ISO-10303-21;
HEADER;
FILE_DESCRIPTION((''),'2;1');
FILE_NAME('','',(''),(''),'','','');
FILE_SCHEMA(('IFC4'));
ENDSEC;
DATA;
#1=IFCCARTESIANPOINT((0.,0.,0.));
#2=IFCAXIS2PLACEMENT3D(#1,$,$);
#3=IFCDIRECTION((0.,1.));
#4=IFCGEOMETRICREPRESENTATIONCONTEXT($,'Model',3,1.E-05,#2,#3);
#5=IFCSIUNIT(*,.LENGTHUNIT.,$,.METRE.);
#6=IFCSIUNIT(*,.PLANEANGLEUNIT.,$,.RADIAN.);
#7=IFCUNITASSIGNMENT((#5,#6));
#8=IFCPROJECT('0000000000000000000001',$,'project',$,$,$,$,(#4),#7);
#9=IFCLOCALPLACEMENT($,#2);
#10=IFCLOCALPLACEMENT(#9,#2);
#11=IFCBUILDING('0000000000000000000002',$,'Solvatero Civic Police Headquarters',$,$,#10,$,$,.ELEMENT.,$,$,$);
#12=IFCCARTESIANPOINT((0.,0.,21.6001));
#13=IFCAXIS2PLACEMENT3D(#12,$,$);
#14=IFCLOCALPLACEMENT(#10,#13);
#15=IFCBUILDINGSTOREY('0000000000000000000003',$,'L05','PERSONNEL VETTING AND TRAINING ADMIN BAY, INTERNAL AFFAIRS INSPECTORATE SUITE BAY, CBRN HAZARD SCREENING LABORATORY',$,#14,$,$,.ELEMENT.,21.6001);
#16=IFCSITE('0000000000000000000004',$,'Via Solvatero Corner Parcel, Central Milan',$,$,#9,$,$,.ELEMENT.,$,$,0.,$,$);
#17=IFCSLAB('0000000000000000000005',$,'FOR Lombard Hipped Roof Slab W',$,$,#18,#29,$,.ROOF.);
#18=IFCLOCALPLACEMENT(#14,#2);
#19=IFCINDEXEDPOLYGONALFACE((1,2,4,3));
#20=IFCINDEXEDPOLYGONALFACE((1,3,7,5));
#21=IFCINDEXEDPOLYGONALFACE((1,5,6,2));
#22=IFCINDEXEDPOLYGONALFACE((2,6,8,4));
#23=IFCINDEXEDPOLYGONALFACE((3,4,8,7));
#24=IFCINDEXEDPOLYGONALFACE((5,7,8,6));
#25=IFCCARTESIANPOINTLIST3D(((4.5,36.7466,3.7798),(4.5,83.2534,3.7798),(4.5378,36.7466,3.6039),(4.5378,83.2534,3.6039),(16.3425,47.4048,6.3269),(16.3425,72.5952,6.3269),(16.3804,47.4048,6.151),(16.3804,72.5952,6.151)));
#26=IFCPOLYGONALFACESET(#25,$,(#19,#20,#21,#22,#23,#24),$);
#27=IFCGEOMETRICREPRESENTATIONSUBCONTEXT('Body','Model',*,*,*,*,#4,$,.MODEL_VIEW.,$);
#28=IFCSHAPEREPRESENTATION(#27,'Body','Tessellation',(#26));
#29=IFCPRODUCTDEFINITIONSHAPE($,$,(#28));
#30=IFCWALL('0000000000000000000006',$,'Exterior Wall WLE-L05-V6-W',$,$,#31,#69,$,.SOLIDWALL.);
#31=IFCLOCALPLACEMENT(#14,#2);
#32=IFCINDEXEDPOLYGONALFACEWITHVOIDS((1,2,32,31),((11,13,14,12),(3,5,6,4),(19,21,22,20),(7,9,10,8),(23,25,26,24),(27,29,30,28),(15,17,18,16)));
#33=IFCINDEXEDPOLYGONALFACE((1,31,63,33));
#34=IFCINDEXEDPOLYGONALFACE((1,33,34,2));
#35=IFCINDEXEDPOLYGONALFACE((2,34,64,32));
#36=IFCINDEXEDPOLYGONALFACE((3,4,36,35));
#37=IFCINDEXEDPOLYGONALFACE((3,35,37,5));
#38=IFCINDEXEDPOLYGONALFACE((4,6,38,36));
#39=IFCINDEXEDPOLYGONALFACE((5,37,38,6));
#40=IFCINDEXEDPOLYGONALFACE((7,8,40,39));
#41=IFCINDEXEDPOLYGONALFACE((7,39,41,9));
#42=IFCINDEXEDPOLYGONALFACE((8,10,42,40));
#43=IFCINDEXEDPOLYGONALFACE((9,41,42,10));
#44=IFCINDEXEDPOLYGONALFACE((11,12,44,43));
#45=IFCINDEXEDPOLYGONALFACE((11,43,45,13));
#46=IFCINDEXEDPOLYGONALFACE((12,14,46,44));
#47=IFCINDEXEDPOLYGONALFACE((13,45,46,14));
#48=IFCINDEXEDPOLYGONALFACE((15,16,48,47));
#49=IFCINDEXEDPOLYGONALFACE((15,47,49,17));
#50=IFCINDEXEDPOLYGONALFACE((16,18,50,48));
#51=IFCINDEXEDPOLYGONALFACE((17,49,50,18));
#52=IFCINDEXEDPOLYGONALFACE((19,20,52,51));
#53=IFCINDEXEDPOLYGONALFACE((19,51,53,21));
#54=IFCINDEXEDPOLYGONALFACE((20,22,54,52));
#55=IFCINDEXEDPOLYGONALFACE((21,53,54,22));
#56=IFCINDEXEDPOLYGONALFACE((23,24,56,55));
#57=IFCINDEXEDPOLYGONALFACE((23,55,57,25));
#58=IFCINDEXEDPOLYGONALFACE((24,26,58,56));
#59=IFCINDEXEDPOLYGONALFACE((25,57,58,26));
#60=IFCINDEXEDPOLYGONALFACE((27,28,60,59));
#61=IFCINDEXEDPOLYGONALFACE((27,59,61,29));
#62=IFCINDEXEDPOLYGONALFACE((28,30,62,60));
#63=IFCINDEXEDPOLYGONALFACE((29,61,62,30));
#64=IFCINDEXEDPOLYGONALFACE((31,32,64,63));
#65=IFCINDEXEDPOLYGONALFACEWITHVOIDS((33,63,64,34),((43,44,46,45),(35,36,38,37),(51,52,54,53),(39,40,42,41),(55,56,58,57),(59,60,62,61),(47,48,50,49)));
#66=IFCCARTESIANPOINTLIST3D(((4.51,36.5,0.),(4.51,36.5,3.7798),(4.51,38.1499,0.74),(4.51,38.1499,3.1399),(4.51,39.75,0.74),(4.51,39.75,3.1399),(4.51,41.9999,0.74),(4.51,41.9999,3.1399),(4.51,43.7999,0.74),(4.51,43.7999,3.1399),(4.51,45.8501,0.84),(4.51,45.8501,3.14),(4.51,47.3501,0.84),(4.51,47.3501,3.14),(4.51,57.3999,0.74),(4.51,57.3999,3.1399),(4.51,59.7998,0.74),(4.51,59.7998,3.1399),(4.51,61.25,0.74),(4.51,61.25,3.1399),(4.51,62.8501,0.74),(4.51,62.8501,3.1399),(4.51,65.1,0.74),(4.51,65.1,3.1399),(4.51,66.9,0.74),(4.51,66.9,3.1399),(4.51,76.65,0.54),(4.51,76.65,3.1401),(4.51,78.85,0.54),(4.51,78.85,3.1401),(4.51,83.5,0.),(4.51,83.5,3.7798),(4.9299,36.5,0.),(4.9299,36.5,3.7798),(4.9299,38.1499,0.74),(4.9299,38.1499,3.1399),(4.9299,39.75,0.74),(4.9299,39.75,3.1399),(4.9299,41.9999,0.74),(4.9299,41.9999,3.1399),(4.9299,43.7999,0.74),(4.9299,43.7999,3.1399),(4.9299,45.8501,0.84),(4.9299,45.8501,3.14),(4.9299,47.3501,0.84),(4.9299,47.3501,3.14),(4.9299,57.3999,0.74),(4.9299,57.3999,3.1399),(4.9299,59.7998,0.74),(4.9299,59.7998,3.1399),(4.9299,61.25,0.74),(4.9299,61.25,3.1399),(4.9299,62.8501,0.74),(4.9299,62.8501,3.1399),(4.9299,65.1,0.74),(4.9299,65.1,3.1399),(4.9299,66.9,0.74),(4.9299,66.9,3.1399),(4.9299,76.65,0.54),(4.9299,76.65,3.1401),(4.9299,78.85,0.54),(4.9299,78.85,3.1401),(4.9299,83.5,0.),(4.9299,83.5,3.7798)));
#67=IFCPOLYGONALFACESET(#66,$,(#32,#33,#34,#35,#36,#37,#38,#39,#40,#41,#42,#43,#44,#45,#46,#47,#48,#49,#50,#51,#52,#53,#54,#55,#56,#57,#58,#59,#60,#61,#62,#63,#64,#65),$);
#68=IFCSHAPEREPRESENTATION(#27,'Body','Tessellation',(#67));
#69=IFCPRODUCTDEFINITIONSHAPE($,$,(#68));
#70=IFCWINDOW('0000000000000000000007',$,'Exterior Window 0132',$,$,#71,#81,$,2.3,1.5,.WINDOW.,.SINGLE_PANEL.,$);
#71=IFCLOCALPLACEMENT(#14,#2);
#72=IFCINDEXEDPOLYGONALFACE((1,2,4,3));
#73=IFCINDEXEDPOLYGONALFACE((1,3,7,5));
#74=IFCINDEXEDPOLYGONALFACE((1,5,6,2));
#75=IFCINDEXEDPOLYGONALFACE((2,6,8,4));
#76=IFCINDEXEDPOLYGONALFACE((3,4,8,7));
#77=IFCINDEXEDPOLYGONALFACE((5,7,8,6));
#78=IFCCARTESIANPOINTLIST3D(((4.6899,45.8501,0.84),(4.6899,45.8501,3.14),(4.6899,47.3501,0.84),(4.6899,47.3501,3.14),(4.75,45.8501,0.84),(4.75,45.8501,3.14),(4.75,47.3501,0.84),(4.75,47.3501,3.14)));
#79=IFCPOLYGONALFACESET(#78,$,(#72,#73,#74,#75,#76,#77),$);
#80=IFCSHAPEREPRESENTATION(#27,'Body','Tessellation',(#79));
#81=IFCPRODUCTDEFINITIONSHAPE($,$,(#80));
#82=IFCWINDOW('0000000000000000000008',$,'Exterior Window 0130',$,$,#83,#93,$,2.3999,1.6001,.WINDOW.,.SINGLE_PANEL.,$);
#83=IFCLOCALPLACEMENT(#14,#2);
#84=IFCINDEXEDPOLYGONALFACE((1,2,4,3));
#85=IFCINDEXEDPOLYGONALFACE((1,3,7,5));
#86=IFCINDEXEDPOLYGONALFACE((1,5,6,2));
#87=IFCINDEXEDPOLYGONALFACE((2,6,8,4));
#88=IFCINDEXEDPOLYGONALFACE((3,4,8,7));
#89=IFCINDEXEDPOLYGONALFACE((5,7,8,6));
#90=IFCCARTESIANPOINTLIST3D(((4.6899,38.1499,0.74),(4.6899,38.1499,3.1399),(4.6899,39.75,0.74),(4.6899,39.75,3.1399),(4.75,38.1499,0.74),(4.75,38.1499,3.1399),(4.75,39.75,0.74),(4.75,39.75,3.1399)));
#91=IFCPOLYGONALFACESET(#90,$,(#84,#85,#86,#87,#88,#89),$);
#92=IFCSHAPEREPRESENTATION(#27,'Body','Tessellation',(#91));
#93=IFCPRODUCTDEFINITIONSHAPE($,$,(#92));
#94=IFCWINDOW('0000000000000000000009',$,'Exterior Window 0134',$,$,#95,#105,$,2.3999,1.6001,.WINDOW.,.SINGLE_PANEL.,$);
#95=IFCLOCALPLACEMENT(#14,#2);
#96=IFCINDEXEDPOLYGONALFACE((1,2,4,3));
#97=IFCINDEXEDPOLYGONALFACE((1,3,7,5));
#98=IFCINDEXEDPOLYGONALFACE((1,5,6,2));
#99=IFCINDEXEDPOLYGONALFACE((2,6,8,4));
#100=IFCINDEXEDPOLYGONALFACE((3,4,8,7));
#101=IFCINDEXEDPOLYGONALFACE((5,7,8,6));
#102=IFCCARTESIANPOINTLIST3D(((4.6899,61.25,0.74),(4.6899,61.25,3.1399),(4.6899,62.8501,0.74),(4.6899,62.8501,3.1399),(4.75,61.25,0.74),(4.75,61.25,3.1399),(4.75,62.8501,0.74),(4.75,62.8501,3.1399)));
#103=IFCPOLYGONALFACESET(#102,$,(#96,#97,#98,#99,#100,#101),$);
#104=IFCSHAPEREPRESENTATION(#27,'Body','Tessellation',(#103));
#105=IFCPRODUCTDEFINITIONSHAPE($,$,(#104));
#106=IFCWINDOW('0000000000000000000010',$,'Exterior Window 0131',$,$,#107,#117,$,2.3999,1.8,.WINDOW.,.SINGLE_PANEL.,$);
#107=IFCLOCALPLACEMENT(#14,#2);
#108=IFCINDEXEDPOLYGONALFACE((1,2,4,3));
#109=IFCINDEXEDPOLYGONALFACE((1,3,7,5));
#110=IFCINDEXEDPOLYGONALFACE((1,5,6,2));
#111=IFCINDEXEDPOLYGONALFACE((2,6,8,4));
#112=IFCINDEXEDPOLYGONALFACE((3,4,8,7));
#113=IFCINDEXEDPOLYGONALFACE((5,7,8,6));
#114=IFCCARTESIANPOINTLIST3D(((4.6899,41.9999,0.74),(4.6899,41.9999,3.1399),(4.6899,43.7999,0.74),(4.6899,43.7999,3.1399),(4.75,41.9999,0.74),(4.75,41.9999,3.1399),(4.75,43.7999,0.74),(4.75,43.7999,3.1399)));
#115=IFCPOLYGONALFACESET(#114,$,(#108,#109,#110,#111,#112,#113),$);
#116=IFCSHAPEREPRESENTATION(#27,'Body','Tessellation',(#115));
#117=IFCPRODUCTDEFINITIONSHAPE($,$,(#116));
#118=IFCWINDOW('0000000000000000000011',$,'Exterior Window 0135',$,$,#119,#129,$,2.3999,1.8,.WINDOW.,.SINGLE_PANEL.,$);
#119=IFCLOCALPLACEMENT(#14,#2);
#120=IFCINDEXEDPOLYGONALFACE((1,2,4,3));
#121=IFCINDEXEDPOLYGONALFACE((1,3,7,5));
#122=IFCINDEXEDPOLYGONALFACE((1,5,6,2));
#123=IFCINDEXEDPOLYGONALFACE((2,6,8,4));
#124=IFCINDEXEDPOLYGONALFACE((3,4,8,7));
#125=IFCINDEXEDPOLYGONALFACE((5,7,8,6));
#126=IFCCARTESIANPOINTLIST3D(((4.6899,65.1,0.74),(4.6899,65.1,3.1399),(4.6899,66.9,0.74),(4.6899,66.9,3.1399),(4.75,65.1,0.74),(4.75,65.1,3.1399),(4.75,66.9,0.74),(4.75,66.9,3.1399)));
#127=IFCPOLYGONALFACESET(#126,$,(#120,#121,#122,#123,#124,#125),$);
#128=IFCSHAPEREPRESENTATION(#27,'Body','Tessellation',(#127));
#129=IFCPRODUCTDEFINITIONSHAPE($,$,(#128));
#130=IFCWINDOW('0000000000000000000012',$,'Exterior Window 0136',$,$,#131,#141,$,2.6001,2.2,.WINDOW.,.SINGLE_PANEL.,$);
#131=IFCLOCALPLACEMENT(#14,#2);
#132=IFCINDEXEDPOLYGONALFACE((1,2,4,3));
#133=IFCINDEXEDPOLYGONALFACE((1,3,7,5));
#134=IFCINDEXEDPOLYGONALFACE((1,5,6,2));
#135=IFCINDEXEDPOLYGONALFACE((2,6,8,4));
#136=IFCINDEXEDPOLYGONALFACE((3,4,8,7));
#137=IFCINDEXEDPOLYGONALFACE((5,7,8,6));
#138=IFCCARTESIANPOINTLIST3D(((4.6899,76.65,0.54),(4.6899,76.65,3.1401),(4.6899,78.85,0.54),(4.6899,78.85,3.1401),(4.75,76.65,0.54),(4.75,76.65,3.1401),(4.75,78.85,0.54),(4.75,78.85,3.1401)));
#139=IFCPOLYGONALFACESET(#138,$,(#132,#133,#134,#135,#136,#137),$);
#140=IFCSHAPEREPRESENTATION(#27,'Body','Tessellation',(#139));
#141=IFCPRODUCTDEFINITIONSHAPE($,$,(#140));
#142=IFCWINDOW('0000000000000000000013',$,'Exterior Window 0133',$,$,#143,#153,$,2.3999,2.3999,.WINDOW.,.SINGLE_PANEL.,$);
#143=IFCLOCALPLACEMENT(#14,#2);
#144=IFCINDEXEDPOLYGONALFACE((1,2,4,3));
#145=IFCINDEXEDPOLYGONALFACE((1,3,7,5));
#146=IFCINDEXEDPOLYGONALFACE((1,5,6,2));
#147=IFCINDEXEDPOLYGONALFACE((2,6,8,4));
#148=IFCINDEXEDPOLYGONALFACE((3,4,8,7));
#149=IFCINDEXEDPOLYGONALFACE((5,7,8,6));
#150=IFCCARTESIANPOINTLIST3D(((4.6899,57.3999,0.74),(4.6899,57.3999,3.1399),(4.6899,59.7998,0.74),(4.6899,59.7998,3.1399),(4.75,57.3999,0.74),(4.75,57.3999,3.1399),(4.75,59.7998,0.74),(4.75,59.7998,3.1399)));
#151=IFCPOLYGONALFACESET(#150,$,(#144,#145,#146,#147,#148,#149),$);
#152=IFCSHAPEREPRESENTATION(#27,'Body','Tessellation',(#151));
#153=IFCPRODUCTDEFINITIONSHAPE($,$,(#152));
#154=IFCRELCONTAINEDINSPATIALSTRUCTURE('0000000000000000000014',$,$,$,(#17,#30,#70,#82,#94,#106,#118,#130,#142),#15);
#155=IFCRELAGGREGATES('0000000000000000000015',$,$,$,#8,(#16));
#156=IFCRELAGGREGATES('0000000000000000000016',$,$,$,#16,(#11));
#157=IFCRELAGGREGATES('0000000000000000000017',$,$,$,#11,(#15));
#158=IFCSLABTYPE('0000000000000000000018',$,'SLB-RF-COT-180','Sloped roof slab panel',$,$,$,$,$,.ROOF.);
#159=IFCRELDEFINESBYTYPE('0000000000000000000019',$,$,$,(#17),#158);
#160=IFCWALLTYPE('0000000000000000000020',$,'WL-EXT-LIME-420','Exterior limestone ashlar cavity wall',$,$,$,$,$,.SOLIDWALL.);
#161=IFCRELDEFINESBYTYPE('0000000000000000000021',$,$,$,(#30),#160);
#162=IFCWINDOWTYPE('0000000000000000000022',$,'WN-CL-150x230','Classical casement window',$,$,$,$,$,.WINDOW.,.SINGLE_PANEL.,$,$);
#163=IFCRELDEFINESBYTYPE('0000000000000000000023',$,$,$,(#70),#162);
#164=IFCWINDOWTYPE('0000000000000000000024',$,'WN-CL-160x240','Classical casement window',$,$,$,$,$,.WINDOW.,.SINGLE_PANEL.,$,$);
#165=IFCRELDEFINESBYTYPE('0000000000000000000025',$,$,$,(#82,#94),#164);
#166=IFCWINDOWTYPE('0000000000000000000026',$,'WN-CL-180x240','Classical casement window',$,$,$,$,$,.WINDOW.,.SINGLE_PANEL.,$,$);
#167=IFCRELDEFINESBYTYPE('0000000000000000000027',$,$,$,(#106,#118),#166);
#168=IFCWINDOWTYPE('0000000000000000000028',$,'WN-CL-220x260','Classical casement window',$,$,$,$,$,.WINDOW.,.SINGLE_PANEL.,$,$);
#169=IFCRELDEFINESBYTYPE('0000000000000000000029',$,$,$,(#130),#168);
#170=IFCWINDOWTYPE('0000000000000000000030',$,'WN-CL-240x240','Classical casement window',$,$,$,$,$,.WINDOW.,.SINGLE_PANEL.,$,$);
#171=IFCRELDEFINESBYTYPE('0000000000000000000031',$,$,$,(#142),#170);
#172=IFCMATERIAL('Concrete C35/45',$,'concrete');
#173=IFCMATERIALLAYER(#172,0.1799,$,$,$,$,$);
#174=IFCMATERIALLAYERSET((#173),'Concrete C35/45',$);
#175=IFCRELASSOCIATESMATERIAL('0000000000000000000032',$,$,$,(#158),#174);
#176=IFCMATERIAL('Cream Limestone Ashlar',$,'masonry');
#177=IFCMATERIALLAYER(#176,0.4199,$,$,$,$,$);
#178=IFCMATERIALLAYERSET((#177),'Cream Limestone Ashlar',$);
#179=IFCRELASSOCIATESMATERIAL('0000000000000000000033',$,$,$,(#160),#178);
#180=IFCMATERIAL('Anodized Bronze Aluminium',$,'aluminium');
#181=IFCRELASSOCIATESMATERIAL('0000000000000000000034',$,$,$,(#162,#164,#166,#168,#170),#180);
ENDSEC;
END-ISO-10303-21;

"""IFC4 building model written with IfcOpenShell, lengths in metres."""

from ifc_helpers import new_model, si_unit, direction, frame, frame_2d, origin, place, context, subcontext, project, spatial, polyline, rectangle, outline, extrude, material, layer, layer_set, type_object, element, fill, save


model = new_model("IFC4")

# Units and contexts
model_context = context("Model", 3, precision=1e-05, world=origin(), true_north=direction((0.0, 1.0)))
body_context = subcontext(model_context, "Body", "Model", "MODEL_VIEW")
ifc_project = project(units=[si_unit("LENGTHUNIT", "METRE"), si_unit("PLANEANGLEUNIT", "RADIAN")], contexts=[model_context])

# Site, building, storey
site_placement = place(None, origin())
site = spatial("IfcSite", under=ifc_project, at=site_placement, Name="Via Solvatero Corner Parcel, Central Milan", CompositionType="ELEMENT", RefElevation=0.0)
building_placement = place(site_placement, origin())
building = spatial("IfcBuilding", under=site, at=building_placement, Name="Solvatero Civic Police Headquarters", CompositionType="ELEMENT")
storey_placement = place(building_placement, frame((0.0, 0.0, 21.6001)))
storey = spatial("IfcBuildingStorey", under=building, at=storey_placement, Name="L05", Description="PERSONNEL VETTING AND TRAINING ADMIN BAY, INTERNAL AFFAIRS INSPECTORATE SUITE BAY, CBRN HAZARD SCREENING LABORATORY", CompositionType="ELEMENT", Elevation=21.6001)

# Slab
ifc_material_1 = material(Name="Concrete C35/45", Category="concrete")
ifc_layer_1 = layer(ifc_material_1, 0.1799)
ifc_layer_set_1 = layer_set([ifc_layer_1], Name="Concrete C35/45")
slab_type = type_object("IfcSlabType", Name="SLB-RF-COT-180", Description="Sloped roof slab panel", PredefinedType="ROOF", material=ifc_layer_set_1)
slab_placement = place(storey_placement, frame((16.3425, 47.4048, 6.3269), z_axis=(-0.210274, 0.0, 0.977643), x_axis=(-0.733976, -0.660574, -0.157865)))
element("IfcSlab", 1, at=slab_placement, inside=storey, type_object=slab_type, Name="FOR Lombard Hipped Roof Slab W", PredefinedType="ROOF", context=body_context, shape_type="SweptSolid", body=[
    extrude(outline(polyline([(0.0, 0.0), (16.1348, 0.0), (-14.5864, -34.9155), (-16.6401, -18.912), (0.0, 0.0)])), origin(), (0.0, 0.0, -1.0), 0.1799),
])

# Wall, openings, windows
ifc_material_2 = material(Name="Cream Limestone Ashlar", Category="masonry")
ifc_layer_2 = layer(ifc_material_2, 0.4199)
ifc_layer_set_2 = layer_set([ifc_layer_2], Name="Cream Limestone Ashlar")
wall_type_1 = type_object("IfcWallType", Name="WL-EXT-LIME-420", Description="Exterior limestone ashlar cavity wall", PredefinedType="SOLIDWALL", material=ifc_layer_set_2)
wall_1_placement = place(storey_placement, frame((4.72, 36.5, 0.0), z_axis=(0.0, 0.0, 1.0), x_axis=(0.0, 1.0, 0.0)))
wall_1 = element("IfcWall", 2, at=wall_1_placement, inside=storey, type_object=wall_type_1, Name="Exterior Wall WLE-L05-V6-W", PredefinedType="SOLIDWALL", context=body_context, shape_type="SweptSolid", body=[
    extrude(rectangle(XDim=47.0, YDim=0.4199, at=frame_2d((23.5, 0.0))), origin(), (0.0, 0.0, 1.0), 3.7798),
])
opening_1_placement = place(wall_1_placement, frame((1.6499, 0.0, 0.74)))
opening_1 = element("IfcOpeningElement", 3, at=opening_1_placement, cuts=wall_1, PredefinedType="OPENING", context=body_context, shape_type="SweptSolid", body=[
    extrude(rectangle(XDim=1.6001, YDim=2.3999, at=frame_2d((0.8, 1.2))), frame((0.0, 0.22, 0.0), z_axis=(0.0, -1.0, 0.0), x_axis=(1.0, 0.0, 0.0)), (0.0, 0.0, 1.0), 0.4399),
])
opening_2_placement = place(wall_1_placement, frame((5.5, 0.0, 0.74)))
opening_2 = element("IfcOpeningElement", 4, at=opening_2_placement, cuts=wall_1, PredefinedType="OPENING", context=body_context, shape_type="SweptSolid", body=[
    extrude(rectangle(XDim=1.8, YDim=2.3999, at=frame_2d((0.8999, 1.2))), frame((0.0, 0.22, 0.0), z_axis=(0.0, -1.0, 0.0), x_axis=(1.0, 0.0, 0.0)), (0.0, 0.0, 1.0), 0.4399),
])
opening_3_placement = place(wall_1_placement, frame((9.3501, 0.0, 0.8401)))
opening_3 = element("IfcOpeningElement", 5, at=opening_3_placement, cuts=wall_1, PredefinedType="OPENING", context=body_context, shape_type="SweptSolid", body=[
    extrude(rectangle(XDim=1.5, YDim=2.3, at=frame_2d((0.75, 1.1499))), frame((0.0, 0.22, 0.0), z_axis=(0.0, -1.0, 0.0), x_axis=(1.0, 0.0, 0.0)), (0.0, 0.0, 1.0), 0.4399),
])
opening_4_placement = place(wall_1_placement, frame((20.8999, 0.0, 0.74)))
opening_4 = element("IfcOpeningElement", 6, at=opening_4_placement, cuts=wall_1, PredefinedType="OPENING", context=body_context, shape_type="SweptSolid", body=[
    extrude(rectangle(XDim=2.3999, YDim=2.3999, at=frame_2d((1.2, 1.2))), frame((0.0, 0.22, 0.0), z_axis=(0.0, -1.0, 0.0), x_axis=(1.0, 0.0, 0.0)), (0.0, 0.0, 1.0), 0.4399),
])
opening_5_placement = place(wall_1_placement, frame((24.75, 0.0, 0.74)))
opening_5 = element("IfcOpeningElement", 7, at=opening_5_placement, cuts=wall_1, PredefinedType="OPENING", context=body_context, shape_type="SweptSolid", body=[
    extrude(rectangle(XDim=1.6001, YDim=2.3999, at=frame_2d((0.8, 1.2))), frame((0.0, 0.22, 0.0), z_axis=(0.0, -1.0, 0.0), x_axis=(1.0, 0.0, 0.0)), (0.0, 0.0, 1.0), 0.4399),
])
opening_6_placement = place(wall_1_placement, frame((28.6001, 0.0, 0.74)))
opening_6 = element("IfcOpeningElement", 8, at=opening_6_placement, cuts=wall_1, PredefinedType="OPENING", context=body_context, shape_type="SweptSolid", body=[
    extrude(rectangle(XDim=1.8, YDim=2.3999, at=frame_2d((0.8999, 1.2))), frame((0.0, 0.22, 0.0), z_axis=(0.0, -1.0, 0.0), x_axis=(1.0, 0.0, 0.0)), (0.0, 0.0, 1.0), 0.4399),
])
opening_7_placement = place(wall_1_placement, frame((40.1499, 0.0, 0.54)))
opening_7 = element("IfcOpeningElement", 9, at=opening_7_placement, cuts=wall_1, PredefinedType="OPENING", context=body_context, shape_type="SweptSolid", body=[
    extrude(rectangle(XDim=2.2, YDim=2.6001, at=frame_2d((1.1001, 1.3))), frame((0.0, 0.22, 0.0), z_axis=(0.0, -1.0, 0.0), x_axis=(1.0, 0.0, 0.0)), (0.0, 0.0, 1.0), 0.4399),
])
ifc_material_3 = material(Name="Anodized Bronze Aluminium", Category="aluminium")
window_type_1 = type_object("IfcWindowType", Name="WN-CL-150x230", Description="Classical casement window", PartitioningType="SINGLE_PANEL", PredefinedType="WINDOW", material=ifc_material_3)
window_1_placement = place(opening_3_placement, origin())
window_1 = element("IfcWindow", 10, at=window_1_placement, inside=storey, type_object=window_type_1, Name="Exterior Window 0132", OverallHeight=2.3, OverallWidth=1.5, PartitioningType="SINGLE_PANEL", PredefinedType="WINDOW", context=body_context, shape_type="SweptSolid", body=[
    extrude(rectangle(XDim=1.5, YDim=2.3, at=frame_2d((0.75, 1.1499))), frame((0.0, 0.03, 0.0), z_axis=(0.0, -1.0, 0.0), x_axis=(1.0, 0.0, 0.0)), (0.0, 0.0, 1.0), 0.0601),
])
fill(opening_3, window_1)
window_type_2 = type_object("IfcWindowType", Name="WN-CL-160x240", Description="Classical casement window", PartitioningType="SINGLE_PANEL", PredefinedType="WINDOW", material=ifc_material_3)
window_2_placement = place(opening_1_placement, origin())
window_2 = element("IfcWindow", 11, at=window_2_placement, inside=storey, type_object=window_type_2, Name="Exterior Window 0130", OverallHeight=2.3999, OverallWidth=1.6001, PartitioningType="SINGLE_PANEL", PredefinedType="WINDOW", context=body_context, shape_type="SweptSolid", body=[
    extrude(rectangle(XDim=1.6001, YDim=2.3999, at=frame_2d((0.8, 1.2))), frame((0.0, 0.03, 0.0), z_axis=(0.0, -1.0, 0.0), x_axis=(1.0, 0.0, 0.0)), (0.0, 0.0, 1.0), 0.0601),
])
fill(opening_1, window_2)
window_3_placement = place(opening_5_placement, origin())
window_3 = element("IfcWindow", 12, at=window_3_placement, inside=storey, type_object=window_type_2, Name="Exterior Window 0134", OverallHeight=2.3999, OverallWidth=1.6001, PartitioningType="SINGLE_PANEL", PredefinedType="WINDOW", context=body_context, shape_type="SweptSolid", body=[
    extrude(rectangle(XDim=1.6001, YDim=2.3999, at=frame_2d((0.8, 1.2))), frame((0.0, 0.03, 0.0), z_axis=(0.0, -1.0, 0.0), x_axis=(1.0, 0.0, 0.0)), (0.0, 0.0, 1.0), 0.0601),
])
fill(opening_5, window_3)
window_type_3 = type_object("IfcWindowType", Name="WN-CL-180x240", Description="Classical casement window", PartitioningType="SINGLE_PANEL", PredefinedType="WINDOW", material=ifc_material_3)
window_4_placement = place(opening_2_placement, origin())
window_4 = element("IfcWindow", 13, at=window_4_placement, inside=storey, type_object=window_type_3, Name="Exterior Window 0131", OverallHeight=2.3999, OverallWidth=1.8, PartitioningType="SINGLE_PANEL", PredefinedType="WINDOW", context=body_context, shape_type="SweptSolid", body=[
    extrude(rectangle(XDim=1.8, YDim=2.3999, at=frame_2d((0.8999, 1.2))), frame((0.0, 0.03, 0.0), z_axis=(0.0, -1.0, 0.0), x_axis=(1.0, 0.0, 0.0)), (0.0, 0.0, 1.0), 0.0601),
])
fill(opening_2, window_4)
window_5_placement = place(opening_6_placement, origin())
window_5 = element("IfcWindow", 14, at=window_5_placement, inside=storey, type_object=window_type_3, Name="Exterior Window 0135", OverallHeight=2.3999, OverallWidth=1.8, PartitioningType="SINGLE_PANEL", PredefinedType="WINDOW", context=body_context, shape_type="SweptSolid", body=[
    extrude(rectangle(XDim=1.8, YDim=2.3999, at=frame_2d((0.8999, 1.2))), frame((0.0, 0.03, 0.0), z_axis=(0.0, -1.0, 0.0), x_axis=(1.0, 0.0, 0.0)), (0.0, 0.0, 1.0), 0.0601),
])
fill(opening_6, window_5)
window_type_4 = type_object("IfcWindowType", Name="WN-CL-220x260", Description="Classical casement window", PartitioningType="SINGLE_PANEL", PredefinedType="WINDOW", material=ifc_material_3)
window_6_placement = place(opening_7_placement, origin())
window_6 = element("IfcWindow", 15, at=window_6_placement, inside=storey, type_object=window_type_4, Name="Exterior Window 0136", OverallHeight=2.6001, OverallWidth=2.2, PartitioningType="SINGLE_PANEL", PredefinedType="WINDOW", context=body_context, shape_type="SweptSolid", body=[
    extrude(rectangle(XDim=2.2, YDim=2.6001, at=frame_2d((1.1001, 1.3))), frame((0.0, 0.03, 0.0), z_axis=(0.0, -1.0, 0.0), x_axis=(1.0, 0.0, 0.0)), (0.0, 0.0, 1.0), 0.0601),
])
fill(opening_7, window_6)
window_type_5 = type_object("IfcWindowType", Name="WN-CL-240x240", Description="Classical casement window", PartitioningType="SINGLE_PANEL", PredefinedType="WINDOW", material=ifc_material_3)
window_7_placement = place(opening_4_placement, origin())
window_7 = element("IfcWindow", 16, at=window_7_placement, inside=storey, type_object=window_type_5, Name="Exterior Window 0133", OverallHeight=2.3999, OverallWidth=2.3999, PartitioningType="SINGLE_PANEL", PredefinedType="WINDOW", context=body_context, shape_type="SweptSolid", body=[
    extrude(rectangle(XDim=2.3999, YDim=2.3999, at=frame_2d((1.2, 1.2))), frame((0.0, 0.03, 0.0), z_axis=(0.0, -1.0, 0.0), x_axis=(1.0, 0.0, 0.0)), (0.0, 0.0, 1.0), 0.0601),
])
fill(opening_4, window_7)

save(model, "model.ifc")
